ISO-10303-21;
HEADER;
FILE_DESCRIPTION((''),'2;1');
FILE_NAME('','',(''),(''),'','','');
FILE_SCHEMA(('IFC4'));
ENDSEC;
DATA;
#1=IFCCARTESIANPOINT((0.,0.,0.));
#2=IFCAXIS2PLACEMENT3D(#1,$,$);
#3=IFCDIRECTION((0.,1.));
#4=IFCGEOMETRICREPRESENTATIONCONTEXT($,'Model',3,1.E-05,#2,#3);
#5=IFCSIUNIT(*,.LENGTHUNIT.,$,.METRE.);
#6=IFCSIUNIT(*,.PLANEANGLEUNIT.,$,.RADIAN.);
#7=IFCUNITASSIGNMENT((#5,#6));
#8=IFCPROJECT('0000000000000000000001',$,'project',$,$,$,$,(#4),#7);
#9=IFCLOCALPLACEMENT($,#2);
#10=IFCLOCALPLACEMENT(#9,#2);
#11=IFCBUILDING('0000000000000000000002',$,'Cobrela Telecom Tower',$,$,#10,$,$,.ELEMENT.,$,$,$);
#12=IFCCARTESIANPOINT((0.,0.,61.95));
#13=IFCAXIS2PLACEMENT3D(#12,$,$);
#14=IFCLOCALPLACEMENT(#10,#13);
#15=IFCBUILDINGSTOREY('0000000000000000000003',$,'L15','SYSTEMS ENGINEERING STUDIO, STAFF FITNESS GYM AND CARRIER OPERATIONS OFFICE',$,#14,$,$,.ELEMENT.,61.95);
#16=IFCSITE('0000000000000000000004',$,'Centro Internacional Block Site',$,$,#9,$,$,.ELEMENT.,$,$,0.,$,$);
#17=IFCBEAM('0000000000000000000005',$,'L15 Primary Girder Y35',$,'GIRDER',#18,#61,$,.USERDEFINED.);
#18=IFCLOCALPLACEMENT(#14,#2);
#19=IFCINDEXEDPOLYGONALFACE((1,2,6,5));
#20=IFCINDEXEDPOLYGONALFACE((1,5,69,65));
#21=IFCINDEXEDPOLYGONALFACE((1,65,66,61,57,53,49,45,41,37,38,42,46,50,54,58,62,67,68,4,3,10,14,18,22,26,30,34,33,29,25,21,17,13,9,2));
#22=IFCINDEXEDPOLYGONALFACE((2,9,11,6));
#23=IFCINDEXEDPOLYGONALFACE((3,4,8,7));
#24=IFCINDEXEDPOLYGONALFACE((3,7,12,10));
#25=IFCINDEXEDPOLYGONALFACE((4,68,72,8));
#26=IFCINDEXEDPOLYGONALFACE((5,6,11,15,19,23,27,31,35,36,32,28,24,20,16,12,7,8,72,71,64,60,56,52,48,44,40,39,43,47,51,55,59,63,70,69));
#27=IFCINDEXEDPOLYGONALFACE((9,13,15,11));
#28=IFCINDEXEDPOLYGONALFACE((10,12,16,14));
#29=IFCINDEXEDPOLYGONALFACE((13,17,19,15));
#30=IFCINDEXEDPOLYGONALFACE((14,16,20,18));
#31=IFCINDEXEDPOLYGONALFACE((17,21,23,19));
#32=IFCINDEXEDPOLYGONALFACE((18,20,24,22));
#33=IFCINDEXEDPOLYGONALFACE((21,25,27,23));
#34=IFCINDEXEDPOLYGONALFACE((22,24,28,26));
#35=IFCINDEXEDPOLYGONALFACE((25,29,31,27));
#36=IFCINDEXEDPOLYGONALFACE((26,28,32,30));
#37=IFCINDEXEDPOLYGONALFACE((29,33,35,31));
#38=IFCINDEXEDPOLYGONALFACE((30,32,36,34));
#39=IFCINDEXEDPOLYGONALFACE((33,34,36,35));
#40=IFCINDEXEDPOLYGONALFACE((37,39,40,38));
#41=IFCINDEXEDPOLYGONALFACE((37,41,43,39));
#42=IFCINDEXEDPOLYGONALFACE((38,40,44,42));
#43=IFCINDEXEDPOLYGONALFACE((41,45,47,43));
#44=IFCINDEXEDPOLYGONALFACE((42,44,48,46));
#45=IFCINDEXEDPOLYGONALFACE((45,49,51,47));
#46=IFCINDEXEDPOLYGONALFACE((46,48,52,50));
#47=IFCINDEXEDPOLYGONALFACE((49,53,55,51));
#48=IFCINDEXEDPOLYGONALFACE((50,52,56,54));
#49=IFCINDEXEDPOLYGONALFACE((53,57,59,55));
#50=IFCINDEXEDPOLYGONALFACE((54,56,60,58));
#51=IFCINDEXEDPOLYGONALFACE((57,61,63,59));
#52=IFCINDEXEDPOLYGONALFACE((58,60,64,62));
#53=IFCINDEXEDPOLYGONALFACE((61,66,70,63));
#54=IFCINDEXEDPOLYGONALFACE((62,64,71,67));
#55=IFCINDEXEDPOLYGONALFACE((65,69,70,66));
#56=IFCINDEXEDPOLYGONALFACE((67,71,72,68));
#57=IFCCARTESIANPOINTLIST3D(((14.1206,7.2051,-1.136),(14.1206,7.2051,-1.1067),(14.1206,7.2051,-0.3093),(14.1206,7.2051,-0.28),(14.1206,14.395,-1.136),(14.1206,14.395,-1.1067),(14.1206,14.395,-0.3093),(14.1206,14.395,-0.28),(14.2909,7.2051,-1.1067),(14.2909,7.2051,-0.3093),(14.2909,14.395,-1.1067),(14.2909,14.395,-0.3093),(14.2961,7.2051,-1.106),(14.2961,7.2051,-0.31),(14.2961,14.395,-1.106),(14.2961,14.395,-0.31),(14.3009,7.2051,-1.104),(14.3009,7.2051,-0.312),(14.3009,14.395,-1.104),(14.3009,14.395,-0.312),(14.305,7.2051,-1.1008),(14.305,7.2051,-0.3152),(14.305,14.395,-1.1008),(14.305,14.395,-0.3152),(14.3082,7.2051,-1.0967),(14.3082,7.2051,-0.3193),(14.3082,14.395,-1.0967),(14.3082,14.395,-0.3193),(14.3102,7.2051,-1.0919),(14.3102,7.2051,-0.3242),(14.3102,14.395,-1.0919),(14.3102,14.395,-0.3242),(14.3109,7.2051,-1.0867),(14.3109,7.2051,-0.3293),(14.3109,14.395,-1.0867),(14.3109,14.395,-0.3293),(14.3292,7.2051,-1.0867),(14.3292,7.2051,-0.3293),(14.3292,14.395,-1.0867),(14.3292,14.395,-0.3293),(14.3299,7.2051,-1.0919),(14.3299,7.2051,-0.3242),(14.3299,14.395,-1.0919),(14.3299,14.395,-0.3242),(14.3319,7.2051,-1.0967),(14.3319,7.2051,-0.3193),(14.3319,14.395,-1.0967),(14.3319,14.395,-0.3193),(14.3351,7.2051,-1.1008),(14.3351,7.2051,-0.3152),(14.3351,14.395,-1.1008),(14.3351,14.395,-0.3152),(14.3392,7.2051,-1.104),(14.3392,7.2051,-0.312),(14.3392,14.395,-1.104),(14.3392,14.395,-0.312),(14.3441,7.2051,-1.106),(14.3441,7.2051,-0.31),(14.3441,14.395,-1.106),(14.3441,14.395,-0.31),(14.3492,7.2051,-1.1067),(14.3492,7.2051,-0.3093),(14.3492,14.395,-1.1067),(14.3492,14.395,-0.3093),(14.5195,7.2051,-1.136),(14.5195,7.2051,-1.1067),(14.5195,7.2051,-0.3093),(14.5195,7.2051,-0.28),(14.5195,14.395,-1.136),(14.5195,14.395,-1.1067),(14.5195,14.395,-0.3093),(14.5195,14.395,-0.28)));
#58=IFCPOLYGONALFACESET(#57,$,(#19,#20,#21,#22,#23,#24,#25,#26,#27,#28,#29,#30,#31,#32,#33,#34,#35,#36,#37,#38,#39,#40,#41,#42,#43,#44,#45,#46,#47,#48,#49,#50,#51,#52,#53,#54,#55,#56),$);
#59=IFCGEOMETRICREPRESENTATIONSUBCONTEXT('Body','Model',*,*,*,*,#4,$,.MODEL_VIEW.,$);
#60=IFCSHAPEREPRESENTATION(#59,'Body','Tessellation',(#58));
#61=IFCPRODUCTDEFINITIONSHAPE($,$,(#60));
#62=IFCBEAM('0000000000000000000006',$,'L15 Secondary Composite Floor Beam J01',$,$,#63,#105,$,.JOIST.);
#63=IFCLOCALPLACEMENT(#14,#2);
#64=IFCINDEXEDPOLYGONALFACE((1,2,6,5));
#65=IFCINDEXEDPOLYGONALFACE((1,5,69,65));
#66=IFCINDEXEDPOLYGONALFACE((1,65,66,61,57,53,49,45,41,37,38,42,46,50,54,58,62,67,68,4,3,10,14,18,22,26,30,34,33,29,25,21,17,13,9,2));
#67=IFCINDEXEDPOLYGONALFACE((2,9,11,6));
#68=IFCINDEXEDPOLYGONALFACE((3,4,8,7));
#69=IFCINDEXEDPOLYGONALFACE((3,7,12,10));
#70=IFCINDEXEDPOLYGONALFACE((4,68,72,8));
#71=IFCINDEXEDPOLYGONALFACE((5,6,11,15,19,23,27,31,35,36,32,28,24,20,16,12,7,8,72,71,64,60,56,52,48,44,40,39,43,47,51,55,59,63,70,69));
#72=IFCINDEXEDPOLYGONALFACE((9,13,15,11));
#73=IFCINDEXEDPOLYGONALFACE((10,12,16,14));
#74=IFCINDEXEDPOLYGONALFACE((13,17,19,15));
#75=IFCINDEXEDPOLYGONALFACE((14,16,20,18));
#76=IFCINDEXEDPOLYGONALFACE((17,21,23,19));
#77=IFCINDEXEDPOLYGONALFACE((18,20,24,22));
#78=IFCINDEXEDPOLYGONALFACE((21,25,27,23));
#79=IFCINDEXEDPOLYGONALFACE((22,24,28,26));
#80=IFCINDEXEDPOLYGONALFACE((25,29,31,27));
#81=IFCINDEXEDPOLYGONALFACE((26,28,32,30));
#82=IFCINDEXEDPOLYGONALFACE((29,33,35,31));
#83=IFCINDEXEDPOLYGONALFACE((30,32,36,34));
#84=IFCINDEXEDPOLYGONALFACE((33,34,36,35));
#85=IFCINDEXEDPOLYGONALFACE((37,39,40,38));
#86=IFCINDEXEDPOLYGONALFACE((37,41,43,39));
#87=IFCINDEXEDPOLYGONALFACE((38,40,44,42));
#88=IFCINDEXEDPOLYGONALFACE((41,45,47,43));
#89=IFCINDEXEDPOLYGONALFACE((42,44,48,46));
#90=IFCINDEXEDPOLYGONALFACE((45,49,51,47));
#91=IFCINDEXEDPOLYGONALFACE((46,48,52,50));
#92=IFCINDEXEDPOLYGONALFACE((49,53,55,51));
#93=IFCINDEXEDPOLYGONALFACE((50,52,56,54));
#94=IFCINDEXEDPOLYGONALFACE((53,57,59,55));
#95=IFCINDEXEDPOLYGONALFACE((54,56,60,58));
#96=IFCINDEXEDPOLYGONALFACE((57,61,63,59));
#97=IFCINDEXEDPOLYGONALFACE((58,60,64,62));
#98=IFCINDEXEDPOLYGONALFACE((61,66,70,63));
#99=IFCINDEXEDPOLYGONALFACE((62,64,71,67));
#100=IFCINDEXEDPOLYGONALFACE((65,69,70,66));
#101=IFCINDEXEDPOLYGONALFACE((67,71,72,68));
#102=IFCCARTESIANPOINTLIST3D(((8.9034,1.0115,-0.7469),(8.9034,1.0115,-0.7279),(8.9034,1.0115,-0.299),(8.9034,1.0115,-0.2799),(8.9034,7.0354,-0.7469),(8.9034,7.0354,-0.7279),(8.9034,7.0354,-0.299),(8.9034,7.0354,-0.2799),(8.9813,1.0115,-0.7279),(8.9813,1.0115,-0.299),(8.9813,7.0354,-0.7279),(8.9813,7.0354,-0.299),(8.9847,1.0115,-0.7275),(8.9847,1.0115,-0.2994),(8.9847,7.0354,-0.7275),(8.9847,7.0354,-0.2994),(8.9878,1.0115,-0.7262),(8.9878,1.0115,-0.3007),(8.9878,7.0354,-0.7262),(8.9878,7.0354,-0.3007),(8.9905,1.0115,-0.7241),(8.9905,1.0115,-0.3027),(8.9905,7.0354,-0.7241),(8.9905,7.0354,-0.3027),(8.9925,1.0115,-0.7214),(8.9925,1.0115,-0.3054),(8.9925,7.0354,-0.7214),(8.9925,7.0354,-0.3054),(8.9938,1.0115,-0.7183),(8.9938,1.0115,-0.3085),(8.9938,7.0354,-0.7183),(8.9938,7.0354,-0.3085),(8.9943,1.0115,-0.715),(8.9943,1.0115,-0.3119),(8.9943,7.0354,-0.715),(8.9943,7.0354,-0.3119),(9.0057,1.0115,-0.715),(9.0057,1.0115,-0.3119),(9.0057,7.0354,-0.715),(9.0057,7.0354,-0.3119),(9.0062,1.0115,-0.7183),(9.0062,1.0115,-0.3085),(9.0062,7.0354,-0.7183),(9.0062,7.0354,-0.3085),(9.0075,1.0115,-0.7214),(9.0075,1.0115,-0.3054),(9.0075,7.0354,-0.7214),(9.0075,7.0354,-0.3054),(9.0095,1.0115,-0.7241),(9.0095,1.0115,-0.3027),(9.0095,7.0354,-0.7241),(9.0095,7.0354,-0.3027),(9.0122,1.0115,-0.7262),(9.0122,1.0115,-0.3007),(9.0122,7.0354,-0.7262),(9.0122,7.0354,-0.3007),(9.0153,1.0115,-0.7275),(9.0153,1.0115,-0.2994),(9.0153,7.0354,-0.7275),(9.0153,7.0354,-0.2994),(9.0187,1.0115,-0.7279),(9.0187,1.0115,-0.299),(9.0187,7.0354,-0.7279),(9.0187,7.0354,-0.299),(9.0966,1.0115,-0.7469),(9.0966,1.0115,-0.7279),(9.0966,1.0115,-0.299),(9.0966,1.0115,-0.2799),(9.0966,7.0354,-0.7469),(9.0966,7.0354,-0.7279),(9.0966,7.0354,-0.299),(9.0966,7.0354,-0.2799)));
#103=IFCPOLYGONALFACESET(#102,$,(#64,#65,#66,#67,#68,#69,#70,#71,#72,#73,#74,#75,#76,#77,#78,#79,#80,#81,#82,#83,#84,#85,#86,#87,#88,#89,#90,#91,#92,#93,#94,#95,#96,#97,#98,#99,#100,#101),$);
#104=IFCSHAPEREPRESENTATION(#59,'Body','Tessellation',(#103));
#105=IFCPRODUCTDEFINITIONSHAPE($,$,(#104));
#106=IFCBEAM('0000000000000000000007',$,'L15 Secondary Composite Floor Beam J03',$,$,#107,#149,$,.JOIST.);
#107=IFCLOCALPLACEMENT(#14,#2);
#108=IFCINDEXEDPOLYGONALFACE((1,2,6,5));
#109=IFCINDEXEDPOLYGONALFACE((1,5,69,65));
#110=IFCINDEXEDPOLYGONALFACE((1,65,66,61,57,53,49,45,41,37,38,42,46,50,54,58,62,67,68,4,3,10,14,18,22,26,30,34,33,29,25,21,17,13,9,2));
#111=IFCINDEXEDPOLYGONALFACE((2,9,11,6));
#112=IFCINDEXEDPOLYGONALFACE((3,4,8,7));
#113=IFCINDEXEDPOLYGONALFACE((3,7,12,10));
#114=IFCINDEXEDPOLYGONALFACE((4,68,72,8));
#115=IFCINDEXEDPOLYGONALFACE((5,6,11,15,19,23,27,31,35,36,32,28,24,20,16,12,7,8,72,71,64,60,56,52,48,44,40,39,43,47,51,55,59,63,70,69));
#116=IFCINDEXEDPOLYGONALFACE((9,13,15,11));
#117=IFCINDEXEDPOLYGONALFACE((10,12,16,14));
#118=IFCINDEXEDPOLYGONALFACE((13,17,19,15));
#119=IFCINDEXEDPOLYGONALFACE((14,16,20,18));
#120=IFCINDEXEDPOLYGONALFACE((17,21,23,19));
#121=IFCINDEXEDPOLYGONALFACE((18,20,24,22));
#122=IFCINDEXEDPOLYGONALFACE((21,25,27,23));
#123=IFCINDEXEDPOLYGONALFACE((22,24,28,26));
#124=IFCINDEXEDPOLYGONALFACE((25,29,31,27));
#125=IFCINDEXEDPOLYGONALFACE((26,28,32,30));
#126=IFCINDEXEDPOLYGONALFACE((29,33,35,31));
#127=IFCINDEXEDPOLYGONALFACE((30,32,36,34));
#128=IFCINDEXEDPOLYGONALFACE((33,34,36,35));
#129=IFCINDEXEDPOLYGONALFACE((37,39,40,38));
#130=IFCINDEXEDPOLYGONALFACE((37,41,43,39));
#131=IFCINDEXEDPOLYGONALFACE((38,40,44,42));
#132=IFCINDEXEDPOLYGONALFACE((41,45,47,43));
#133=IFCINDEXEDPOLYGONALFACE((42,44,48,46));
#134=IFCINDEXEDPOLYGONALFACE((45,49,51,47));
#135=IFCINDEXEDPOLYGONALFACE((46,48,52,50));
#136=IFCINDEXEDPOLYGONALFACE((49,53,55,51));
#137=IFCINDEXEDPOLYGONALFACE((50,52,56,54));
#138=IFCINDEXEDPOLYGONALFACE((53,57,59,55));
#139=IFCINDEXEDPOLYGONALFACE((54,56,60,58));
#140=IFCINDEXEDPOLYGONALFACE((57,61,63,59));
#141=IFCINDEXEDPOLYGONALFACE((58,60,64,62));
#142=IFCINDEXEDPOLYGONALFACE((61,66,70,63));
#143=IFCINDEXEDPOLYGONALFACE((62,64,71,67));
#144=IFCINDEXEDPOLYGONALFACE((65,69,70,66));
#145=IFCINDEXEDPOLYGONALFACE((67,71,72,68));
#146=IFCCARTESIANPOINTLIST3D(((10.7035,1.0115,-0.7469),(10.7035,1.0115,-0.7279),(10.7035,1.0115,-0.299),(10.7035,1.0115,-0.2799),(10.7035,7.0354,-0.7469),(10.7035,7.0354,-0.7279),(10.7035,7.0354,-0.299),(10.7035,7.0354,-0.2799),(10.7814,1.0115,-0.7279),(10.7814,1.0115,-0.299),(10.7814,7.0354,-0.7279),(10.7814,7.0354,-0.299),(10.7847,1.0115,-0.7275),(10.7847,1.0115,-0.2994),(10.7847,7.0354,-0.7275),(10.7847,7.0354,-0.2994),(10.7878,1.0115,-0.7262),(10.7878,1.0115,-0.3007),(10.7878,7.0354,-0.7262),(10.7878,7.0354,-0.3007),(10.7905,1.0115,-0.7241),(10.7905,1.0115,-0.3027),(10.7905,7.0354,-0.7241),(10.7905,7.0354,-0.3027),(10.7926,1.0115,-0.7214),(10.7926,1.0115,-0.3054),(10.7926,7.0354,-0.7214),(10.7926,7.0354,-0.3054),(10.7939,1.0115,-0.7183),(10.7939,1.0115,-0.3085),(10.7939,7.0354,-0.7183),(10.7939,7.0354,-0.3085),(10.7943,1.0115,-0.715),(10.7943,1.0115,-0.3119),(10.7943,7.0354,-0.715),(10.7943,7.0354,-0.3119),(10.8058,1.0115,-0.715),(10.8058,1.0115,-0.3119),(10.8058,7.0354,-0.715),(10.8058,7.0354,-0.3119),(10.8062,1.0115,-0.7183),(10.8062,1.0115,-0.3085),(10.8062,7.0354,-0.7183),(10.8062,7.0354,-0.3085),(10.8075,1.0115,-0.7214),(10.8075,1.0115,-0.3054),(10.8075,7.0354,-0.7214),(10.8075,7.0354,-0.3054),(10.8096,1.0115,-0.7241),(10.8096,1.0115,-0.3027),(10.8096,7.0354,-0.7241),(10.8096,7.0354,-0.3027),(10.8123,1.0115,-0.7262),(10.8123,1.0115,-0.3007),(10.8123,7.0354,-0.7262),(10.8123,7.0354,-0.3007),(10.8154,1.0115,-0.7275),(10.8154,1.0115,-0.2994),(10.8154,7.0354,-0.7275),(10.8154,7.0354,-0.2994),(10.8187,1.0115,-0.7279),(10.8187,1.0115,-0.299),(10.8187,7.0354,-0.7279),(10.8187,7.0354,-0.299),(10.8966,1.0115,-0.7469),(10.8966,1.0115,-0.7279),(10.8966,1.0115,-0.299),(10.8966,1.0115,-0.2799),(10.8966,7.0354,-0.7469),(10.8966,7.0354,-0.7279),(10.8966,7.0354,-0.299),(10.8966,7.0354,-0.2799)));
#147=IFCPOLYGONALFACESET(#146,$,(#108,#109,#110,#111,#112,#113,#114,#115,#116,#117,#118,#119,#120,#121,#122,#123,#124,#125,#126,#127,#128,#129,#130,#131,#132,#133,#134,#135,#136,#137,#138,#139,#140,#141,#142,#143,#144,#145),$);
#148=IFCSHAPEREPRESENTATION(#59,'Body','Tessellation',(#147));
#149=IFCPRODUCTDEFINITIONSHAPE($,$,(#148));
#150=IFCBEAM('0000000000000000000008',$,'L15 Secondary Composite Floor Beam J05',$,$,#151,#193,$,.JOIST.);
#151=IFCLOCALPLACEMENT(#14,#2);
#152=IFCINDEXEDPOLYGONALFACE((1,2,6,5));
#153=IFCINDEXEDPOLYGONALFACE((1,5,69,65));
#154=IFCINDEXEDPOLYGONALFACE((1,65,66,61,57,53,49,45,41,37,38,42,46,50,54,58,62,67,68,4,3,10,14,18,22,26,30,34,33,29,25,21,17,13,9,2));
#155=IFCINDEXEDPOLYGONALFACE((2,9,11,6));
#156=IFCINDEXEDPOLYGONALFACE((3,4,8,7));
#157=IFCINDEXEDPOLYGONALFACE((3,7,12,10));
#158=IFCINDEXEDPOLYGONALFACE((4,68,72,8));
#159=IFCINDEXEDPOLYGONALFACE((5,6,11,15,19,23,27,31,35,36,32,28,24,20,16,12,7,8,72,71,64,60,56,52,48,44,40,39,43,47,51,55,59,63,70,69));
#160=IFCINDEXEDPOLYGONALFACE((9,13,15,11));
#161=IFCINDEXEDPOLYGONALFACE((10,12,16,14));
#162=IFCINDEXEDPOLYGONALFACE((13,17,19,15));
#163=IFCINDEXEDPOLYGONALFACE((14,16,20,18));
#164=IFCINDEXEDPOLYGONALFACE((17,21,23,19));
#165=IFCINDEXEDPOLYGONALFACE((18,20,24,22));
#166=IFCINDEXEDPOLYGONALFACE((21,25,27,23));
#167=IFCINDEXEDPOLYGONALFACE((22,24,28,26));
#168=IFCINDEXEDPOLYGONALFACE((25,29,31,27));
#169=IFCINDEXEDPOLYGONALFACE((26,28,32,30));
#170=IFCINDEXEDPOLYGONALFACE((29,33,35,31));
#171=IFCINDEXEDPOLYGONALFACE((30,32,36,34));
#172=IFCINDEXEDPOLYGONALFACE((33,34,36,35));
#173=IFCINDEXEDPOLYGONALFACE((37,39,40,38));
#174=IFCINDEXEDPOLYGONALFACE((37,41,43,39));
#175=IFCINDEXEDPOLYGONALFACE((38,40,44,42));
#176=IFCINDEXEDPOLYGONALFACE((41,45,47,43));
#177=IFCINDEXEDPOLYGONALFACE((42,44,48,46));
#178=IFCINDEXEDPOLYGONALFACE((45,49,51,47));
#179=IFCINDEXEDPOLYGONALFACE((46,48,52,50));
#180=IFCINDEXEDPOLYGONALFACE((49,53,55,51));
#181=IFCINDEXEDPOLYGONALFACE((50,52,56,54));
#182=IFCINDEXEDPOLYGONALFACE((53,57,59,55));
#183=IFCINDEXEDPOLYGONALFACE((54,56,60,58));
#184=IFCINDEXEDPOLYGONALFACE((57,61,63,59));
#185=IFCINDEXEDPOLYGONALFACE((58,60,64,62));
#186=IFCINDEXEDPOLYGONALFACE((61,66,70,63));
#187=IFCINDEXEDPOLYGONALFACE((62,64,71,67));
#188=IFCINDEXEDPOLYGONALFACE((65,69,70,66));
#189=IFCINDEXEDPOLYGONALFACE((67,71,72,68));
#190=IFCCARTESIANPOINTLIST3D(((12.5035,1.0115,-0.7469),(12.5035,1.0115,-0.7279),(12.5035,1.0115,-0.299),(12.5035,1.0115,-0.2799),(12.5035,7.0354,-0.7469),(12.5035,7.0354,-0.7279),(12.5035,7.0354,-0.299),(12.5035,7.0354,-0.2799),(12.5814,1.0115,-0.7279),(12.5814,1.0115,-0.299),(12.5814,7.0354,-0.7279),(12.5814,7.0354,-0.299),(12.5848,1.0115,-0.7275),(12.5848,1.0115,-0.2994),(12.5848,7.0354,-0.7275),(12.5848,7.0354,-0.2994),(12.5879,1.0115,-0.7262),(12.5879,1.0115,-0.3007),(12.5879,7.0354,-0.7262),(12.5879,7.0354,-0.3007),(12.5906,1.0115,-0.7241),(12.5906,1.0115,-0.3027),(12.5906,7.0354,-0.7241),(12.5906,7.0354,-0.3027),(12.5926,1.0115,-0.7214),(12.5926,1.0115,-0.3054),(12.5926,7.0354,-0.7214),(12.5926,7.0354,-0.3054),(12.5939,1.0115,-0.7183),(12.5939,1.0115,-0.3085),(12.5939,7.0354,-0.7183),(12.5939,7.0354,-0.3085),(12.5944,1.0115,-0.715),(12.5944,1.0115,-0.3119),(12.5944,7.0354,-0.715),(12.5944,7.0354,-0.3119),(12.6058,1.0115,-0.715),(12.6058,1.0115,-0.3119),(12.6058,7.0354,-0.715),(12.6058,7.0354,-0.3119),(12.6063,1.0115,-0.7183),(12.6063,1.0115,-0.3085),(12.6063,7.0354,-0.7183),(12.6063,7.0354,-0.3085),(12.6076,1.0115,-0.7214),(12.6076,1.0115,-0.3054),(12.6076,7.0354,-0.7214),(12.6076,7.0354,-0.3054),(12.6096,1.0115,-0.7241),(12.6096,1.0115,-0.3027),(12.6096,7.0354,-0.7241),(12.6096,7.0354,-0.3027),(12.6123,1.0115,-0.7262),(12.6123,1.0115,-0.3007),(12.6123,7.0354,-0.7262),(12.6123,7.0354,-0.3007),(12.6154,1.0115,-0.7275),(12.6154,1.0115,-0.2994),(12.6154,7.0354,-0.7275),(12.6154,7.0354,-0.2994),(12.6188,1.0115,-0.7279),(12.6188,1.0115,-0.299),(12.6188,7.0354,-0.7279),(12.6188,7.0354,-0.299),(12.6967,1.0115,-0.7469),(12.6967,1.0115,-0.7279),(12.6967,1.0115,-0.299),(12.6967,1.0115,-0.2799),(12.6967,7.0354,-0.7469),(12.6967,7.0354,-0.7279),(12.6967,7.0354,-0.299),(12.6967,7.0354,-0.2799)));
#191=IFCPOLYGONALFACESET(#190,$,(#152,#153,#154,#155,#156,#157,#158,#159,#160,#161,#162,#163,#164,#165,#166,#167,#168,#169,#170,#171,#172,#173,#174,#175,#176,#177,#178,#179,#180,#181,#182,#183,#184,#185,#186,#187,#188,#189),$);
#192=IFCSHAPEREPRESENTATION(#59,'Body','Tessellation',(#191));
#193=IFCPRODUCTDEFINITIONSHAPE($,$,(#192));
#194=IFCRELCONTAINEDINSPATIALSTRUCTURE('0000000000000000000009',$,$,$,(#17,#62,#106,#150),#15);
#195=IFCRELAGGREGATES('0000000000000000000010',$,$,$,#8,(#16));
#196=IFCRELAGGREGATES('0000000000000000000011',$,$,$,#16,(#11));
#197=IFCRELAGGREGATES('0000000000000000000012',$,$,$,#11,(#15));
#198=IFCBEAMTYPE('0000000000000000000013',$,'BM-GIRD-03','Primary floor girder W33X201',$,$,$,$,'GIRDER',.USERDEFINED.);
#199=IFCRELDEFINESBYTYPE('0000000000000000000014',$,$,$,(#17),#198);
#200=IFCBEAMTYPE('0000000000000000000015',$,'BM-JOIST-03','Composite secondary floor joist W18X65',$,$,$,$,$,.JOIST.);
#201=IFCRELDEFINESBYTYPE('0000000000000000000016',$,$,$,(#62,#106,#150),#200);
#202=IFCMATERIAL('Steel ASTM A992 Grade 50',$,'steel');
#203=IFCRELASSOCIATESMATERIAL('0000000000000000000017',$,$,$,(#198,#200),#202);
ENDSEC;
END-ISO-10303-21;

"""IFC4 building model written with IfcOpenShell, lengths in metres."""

from ifc_helpers import new_model, si_unit, direction, frame, origin, origin_2d, place, context, subcontext, project, spatial, i_section, extrude, material, material_profile, profile_set, type_object, element, save


model = new_model("IFC4")

# Units and contexts
model_context = context("Model", 3, precision=1e-05, world=origin(), true_north=direction((0.0, 1.0)))
body_context = subcontext(model_context, "Body", "Model", "MODEL_VIEW")
ifc_project = project(units=[si_unit("LENGTHUNIT", "METRE"), si_unit("PLANEANGLEUNIT", "RADIAN")], contexts=[model_context])

# Site, building, storey
site_placement = place(None, origin())
site = spatial("IfcSite", under=ifc_project, at=site_placement, Name="Centro Internacional Block Site", CompositionType="ELEMENT", RefElevation=0.0)
building_placement = place(site_placement, origin())
building = spatial("IfcBuilding", under=site, at=building_placement, Name="Cobrela Telecom Tower", CompositionType="ELEMENT")
storey_placement = place(building_placement, frame((0.0, 0.0, 61.95)))
storey = spatial("IfcBuildingStorey", under=building, at=storey_placement, Name="L15", Description="SYSTEMS ENGINEERING STUDIO, STAFF FITNESS GYM AND CARRIER OPERATIONS OFFICE", CompositionType="ELEMENT", Elevation=61.95)

# Beams
ifc_material_1 = material(Name="Steel ASTM A992 Grade 50", Category="steel")
ifc_material_profile_1 = material_profile(ifc_material_1, i_section(OverallWidth=0.3989, OverallDepth=0.856, WebThickness=0.0183, FlangeThickness=0.0293, FilletRadius=0.02, at=origin_2d()), Name="W33X201")
ifc_profile_set_1 = profile_set([ifc_material_profile_1], Name="Steel ASTM A992 Grade 50")
beam_type_1 = type_object("IfcBeamType", Name="BM-GIRD-03", Description="Primary floor girder W33X201", ElementType="GIRDER", PredefinedType="USERDEFINED", material=ifc_profile_set_1)
beam_1_placement = place(storey_placement, frame((14.3201, 7.2051, -0.708), z_axis=(0.0, 1.0, 0.0), x_axis=(-1.0, 0.0, 0.0)))
element("IfcBeam", 1, at=beam_1_placement, inside=storey, type_object=beam_type_1, Name="L15 Primary Girder Y35", ObjectType="GIRDER", PredefinedType="USERDEFINED", context=body_context, shape_type="SweptSolid", body=[
    extrude(i_section(OverallWidth=0.3989, OverallDepth=0.856, WebThickness=0.0183, FlangeThickness=0.0293, FilletRadius=0.02, at=origin_2d()), origin(), (0.0, 0.0, 1.0), 7.1899),
])
ifc_material_profile_2 = material_profile(ifc_material_1, i_section(OverallWidth=0.1931, OverallDepth=0.467, WebThickness=0.0115, FlangeThickness=0.019, FilletRadius=0.0129, at=origin_2d()), Name="W18X65")
ifc_profile_set_2 = profile_set([ifc_material_profile_2], Name="Steel ASTM A992 Grade 50")
beam_type_2 = type_object("IfcBeamType", Name="BM-JOIST-03", Description="Composite secondary floor joist W18X65", PredefinedType="JOIST", material=ifc_profile_set_2)
for number, where, z_axis, x_axis, name in (
    (2, (9.0, 1.0115, -0.5134), (0.0, 1.0, 0.0), (-1.0, 0.0, 0.0), "L15 Secondary Composite Floor Beam J01"),
    (3, (10.8, 1.0115, -0.5134), (0.0, 1.0, 0.0), (-1.0, 0.0, 0.0), "L15 Secondary Composite Floor Beam J03"),
    (4, (12.6001, 1.0115, -0.5134), (0.0, 1.0, 0.0), (-1.0, 0.0, 0.0), "L15 Secondary Composite Floor Beam J05"),
):
    element("IfcBeam", number, at=place(storey_placement, frame(where, z_axis=z_axis, x_axis=x_axis)), inside=storey, type_object=beam_type_2, Name=name, PredefinedType="JOIST", context=body_context, shape_type="SweptSolid", body=[
        extrude(i_section(OverallWidth=0.1931, OverallDepth=0.467, WebThickness=0.0115, FlangeThickness=0.019, FilletRadius=0.0129, at=origin_2d()), origin(), (0.0, 0.0, 1.0), 6.0239),
    ])

save(model, "model.ifc")
